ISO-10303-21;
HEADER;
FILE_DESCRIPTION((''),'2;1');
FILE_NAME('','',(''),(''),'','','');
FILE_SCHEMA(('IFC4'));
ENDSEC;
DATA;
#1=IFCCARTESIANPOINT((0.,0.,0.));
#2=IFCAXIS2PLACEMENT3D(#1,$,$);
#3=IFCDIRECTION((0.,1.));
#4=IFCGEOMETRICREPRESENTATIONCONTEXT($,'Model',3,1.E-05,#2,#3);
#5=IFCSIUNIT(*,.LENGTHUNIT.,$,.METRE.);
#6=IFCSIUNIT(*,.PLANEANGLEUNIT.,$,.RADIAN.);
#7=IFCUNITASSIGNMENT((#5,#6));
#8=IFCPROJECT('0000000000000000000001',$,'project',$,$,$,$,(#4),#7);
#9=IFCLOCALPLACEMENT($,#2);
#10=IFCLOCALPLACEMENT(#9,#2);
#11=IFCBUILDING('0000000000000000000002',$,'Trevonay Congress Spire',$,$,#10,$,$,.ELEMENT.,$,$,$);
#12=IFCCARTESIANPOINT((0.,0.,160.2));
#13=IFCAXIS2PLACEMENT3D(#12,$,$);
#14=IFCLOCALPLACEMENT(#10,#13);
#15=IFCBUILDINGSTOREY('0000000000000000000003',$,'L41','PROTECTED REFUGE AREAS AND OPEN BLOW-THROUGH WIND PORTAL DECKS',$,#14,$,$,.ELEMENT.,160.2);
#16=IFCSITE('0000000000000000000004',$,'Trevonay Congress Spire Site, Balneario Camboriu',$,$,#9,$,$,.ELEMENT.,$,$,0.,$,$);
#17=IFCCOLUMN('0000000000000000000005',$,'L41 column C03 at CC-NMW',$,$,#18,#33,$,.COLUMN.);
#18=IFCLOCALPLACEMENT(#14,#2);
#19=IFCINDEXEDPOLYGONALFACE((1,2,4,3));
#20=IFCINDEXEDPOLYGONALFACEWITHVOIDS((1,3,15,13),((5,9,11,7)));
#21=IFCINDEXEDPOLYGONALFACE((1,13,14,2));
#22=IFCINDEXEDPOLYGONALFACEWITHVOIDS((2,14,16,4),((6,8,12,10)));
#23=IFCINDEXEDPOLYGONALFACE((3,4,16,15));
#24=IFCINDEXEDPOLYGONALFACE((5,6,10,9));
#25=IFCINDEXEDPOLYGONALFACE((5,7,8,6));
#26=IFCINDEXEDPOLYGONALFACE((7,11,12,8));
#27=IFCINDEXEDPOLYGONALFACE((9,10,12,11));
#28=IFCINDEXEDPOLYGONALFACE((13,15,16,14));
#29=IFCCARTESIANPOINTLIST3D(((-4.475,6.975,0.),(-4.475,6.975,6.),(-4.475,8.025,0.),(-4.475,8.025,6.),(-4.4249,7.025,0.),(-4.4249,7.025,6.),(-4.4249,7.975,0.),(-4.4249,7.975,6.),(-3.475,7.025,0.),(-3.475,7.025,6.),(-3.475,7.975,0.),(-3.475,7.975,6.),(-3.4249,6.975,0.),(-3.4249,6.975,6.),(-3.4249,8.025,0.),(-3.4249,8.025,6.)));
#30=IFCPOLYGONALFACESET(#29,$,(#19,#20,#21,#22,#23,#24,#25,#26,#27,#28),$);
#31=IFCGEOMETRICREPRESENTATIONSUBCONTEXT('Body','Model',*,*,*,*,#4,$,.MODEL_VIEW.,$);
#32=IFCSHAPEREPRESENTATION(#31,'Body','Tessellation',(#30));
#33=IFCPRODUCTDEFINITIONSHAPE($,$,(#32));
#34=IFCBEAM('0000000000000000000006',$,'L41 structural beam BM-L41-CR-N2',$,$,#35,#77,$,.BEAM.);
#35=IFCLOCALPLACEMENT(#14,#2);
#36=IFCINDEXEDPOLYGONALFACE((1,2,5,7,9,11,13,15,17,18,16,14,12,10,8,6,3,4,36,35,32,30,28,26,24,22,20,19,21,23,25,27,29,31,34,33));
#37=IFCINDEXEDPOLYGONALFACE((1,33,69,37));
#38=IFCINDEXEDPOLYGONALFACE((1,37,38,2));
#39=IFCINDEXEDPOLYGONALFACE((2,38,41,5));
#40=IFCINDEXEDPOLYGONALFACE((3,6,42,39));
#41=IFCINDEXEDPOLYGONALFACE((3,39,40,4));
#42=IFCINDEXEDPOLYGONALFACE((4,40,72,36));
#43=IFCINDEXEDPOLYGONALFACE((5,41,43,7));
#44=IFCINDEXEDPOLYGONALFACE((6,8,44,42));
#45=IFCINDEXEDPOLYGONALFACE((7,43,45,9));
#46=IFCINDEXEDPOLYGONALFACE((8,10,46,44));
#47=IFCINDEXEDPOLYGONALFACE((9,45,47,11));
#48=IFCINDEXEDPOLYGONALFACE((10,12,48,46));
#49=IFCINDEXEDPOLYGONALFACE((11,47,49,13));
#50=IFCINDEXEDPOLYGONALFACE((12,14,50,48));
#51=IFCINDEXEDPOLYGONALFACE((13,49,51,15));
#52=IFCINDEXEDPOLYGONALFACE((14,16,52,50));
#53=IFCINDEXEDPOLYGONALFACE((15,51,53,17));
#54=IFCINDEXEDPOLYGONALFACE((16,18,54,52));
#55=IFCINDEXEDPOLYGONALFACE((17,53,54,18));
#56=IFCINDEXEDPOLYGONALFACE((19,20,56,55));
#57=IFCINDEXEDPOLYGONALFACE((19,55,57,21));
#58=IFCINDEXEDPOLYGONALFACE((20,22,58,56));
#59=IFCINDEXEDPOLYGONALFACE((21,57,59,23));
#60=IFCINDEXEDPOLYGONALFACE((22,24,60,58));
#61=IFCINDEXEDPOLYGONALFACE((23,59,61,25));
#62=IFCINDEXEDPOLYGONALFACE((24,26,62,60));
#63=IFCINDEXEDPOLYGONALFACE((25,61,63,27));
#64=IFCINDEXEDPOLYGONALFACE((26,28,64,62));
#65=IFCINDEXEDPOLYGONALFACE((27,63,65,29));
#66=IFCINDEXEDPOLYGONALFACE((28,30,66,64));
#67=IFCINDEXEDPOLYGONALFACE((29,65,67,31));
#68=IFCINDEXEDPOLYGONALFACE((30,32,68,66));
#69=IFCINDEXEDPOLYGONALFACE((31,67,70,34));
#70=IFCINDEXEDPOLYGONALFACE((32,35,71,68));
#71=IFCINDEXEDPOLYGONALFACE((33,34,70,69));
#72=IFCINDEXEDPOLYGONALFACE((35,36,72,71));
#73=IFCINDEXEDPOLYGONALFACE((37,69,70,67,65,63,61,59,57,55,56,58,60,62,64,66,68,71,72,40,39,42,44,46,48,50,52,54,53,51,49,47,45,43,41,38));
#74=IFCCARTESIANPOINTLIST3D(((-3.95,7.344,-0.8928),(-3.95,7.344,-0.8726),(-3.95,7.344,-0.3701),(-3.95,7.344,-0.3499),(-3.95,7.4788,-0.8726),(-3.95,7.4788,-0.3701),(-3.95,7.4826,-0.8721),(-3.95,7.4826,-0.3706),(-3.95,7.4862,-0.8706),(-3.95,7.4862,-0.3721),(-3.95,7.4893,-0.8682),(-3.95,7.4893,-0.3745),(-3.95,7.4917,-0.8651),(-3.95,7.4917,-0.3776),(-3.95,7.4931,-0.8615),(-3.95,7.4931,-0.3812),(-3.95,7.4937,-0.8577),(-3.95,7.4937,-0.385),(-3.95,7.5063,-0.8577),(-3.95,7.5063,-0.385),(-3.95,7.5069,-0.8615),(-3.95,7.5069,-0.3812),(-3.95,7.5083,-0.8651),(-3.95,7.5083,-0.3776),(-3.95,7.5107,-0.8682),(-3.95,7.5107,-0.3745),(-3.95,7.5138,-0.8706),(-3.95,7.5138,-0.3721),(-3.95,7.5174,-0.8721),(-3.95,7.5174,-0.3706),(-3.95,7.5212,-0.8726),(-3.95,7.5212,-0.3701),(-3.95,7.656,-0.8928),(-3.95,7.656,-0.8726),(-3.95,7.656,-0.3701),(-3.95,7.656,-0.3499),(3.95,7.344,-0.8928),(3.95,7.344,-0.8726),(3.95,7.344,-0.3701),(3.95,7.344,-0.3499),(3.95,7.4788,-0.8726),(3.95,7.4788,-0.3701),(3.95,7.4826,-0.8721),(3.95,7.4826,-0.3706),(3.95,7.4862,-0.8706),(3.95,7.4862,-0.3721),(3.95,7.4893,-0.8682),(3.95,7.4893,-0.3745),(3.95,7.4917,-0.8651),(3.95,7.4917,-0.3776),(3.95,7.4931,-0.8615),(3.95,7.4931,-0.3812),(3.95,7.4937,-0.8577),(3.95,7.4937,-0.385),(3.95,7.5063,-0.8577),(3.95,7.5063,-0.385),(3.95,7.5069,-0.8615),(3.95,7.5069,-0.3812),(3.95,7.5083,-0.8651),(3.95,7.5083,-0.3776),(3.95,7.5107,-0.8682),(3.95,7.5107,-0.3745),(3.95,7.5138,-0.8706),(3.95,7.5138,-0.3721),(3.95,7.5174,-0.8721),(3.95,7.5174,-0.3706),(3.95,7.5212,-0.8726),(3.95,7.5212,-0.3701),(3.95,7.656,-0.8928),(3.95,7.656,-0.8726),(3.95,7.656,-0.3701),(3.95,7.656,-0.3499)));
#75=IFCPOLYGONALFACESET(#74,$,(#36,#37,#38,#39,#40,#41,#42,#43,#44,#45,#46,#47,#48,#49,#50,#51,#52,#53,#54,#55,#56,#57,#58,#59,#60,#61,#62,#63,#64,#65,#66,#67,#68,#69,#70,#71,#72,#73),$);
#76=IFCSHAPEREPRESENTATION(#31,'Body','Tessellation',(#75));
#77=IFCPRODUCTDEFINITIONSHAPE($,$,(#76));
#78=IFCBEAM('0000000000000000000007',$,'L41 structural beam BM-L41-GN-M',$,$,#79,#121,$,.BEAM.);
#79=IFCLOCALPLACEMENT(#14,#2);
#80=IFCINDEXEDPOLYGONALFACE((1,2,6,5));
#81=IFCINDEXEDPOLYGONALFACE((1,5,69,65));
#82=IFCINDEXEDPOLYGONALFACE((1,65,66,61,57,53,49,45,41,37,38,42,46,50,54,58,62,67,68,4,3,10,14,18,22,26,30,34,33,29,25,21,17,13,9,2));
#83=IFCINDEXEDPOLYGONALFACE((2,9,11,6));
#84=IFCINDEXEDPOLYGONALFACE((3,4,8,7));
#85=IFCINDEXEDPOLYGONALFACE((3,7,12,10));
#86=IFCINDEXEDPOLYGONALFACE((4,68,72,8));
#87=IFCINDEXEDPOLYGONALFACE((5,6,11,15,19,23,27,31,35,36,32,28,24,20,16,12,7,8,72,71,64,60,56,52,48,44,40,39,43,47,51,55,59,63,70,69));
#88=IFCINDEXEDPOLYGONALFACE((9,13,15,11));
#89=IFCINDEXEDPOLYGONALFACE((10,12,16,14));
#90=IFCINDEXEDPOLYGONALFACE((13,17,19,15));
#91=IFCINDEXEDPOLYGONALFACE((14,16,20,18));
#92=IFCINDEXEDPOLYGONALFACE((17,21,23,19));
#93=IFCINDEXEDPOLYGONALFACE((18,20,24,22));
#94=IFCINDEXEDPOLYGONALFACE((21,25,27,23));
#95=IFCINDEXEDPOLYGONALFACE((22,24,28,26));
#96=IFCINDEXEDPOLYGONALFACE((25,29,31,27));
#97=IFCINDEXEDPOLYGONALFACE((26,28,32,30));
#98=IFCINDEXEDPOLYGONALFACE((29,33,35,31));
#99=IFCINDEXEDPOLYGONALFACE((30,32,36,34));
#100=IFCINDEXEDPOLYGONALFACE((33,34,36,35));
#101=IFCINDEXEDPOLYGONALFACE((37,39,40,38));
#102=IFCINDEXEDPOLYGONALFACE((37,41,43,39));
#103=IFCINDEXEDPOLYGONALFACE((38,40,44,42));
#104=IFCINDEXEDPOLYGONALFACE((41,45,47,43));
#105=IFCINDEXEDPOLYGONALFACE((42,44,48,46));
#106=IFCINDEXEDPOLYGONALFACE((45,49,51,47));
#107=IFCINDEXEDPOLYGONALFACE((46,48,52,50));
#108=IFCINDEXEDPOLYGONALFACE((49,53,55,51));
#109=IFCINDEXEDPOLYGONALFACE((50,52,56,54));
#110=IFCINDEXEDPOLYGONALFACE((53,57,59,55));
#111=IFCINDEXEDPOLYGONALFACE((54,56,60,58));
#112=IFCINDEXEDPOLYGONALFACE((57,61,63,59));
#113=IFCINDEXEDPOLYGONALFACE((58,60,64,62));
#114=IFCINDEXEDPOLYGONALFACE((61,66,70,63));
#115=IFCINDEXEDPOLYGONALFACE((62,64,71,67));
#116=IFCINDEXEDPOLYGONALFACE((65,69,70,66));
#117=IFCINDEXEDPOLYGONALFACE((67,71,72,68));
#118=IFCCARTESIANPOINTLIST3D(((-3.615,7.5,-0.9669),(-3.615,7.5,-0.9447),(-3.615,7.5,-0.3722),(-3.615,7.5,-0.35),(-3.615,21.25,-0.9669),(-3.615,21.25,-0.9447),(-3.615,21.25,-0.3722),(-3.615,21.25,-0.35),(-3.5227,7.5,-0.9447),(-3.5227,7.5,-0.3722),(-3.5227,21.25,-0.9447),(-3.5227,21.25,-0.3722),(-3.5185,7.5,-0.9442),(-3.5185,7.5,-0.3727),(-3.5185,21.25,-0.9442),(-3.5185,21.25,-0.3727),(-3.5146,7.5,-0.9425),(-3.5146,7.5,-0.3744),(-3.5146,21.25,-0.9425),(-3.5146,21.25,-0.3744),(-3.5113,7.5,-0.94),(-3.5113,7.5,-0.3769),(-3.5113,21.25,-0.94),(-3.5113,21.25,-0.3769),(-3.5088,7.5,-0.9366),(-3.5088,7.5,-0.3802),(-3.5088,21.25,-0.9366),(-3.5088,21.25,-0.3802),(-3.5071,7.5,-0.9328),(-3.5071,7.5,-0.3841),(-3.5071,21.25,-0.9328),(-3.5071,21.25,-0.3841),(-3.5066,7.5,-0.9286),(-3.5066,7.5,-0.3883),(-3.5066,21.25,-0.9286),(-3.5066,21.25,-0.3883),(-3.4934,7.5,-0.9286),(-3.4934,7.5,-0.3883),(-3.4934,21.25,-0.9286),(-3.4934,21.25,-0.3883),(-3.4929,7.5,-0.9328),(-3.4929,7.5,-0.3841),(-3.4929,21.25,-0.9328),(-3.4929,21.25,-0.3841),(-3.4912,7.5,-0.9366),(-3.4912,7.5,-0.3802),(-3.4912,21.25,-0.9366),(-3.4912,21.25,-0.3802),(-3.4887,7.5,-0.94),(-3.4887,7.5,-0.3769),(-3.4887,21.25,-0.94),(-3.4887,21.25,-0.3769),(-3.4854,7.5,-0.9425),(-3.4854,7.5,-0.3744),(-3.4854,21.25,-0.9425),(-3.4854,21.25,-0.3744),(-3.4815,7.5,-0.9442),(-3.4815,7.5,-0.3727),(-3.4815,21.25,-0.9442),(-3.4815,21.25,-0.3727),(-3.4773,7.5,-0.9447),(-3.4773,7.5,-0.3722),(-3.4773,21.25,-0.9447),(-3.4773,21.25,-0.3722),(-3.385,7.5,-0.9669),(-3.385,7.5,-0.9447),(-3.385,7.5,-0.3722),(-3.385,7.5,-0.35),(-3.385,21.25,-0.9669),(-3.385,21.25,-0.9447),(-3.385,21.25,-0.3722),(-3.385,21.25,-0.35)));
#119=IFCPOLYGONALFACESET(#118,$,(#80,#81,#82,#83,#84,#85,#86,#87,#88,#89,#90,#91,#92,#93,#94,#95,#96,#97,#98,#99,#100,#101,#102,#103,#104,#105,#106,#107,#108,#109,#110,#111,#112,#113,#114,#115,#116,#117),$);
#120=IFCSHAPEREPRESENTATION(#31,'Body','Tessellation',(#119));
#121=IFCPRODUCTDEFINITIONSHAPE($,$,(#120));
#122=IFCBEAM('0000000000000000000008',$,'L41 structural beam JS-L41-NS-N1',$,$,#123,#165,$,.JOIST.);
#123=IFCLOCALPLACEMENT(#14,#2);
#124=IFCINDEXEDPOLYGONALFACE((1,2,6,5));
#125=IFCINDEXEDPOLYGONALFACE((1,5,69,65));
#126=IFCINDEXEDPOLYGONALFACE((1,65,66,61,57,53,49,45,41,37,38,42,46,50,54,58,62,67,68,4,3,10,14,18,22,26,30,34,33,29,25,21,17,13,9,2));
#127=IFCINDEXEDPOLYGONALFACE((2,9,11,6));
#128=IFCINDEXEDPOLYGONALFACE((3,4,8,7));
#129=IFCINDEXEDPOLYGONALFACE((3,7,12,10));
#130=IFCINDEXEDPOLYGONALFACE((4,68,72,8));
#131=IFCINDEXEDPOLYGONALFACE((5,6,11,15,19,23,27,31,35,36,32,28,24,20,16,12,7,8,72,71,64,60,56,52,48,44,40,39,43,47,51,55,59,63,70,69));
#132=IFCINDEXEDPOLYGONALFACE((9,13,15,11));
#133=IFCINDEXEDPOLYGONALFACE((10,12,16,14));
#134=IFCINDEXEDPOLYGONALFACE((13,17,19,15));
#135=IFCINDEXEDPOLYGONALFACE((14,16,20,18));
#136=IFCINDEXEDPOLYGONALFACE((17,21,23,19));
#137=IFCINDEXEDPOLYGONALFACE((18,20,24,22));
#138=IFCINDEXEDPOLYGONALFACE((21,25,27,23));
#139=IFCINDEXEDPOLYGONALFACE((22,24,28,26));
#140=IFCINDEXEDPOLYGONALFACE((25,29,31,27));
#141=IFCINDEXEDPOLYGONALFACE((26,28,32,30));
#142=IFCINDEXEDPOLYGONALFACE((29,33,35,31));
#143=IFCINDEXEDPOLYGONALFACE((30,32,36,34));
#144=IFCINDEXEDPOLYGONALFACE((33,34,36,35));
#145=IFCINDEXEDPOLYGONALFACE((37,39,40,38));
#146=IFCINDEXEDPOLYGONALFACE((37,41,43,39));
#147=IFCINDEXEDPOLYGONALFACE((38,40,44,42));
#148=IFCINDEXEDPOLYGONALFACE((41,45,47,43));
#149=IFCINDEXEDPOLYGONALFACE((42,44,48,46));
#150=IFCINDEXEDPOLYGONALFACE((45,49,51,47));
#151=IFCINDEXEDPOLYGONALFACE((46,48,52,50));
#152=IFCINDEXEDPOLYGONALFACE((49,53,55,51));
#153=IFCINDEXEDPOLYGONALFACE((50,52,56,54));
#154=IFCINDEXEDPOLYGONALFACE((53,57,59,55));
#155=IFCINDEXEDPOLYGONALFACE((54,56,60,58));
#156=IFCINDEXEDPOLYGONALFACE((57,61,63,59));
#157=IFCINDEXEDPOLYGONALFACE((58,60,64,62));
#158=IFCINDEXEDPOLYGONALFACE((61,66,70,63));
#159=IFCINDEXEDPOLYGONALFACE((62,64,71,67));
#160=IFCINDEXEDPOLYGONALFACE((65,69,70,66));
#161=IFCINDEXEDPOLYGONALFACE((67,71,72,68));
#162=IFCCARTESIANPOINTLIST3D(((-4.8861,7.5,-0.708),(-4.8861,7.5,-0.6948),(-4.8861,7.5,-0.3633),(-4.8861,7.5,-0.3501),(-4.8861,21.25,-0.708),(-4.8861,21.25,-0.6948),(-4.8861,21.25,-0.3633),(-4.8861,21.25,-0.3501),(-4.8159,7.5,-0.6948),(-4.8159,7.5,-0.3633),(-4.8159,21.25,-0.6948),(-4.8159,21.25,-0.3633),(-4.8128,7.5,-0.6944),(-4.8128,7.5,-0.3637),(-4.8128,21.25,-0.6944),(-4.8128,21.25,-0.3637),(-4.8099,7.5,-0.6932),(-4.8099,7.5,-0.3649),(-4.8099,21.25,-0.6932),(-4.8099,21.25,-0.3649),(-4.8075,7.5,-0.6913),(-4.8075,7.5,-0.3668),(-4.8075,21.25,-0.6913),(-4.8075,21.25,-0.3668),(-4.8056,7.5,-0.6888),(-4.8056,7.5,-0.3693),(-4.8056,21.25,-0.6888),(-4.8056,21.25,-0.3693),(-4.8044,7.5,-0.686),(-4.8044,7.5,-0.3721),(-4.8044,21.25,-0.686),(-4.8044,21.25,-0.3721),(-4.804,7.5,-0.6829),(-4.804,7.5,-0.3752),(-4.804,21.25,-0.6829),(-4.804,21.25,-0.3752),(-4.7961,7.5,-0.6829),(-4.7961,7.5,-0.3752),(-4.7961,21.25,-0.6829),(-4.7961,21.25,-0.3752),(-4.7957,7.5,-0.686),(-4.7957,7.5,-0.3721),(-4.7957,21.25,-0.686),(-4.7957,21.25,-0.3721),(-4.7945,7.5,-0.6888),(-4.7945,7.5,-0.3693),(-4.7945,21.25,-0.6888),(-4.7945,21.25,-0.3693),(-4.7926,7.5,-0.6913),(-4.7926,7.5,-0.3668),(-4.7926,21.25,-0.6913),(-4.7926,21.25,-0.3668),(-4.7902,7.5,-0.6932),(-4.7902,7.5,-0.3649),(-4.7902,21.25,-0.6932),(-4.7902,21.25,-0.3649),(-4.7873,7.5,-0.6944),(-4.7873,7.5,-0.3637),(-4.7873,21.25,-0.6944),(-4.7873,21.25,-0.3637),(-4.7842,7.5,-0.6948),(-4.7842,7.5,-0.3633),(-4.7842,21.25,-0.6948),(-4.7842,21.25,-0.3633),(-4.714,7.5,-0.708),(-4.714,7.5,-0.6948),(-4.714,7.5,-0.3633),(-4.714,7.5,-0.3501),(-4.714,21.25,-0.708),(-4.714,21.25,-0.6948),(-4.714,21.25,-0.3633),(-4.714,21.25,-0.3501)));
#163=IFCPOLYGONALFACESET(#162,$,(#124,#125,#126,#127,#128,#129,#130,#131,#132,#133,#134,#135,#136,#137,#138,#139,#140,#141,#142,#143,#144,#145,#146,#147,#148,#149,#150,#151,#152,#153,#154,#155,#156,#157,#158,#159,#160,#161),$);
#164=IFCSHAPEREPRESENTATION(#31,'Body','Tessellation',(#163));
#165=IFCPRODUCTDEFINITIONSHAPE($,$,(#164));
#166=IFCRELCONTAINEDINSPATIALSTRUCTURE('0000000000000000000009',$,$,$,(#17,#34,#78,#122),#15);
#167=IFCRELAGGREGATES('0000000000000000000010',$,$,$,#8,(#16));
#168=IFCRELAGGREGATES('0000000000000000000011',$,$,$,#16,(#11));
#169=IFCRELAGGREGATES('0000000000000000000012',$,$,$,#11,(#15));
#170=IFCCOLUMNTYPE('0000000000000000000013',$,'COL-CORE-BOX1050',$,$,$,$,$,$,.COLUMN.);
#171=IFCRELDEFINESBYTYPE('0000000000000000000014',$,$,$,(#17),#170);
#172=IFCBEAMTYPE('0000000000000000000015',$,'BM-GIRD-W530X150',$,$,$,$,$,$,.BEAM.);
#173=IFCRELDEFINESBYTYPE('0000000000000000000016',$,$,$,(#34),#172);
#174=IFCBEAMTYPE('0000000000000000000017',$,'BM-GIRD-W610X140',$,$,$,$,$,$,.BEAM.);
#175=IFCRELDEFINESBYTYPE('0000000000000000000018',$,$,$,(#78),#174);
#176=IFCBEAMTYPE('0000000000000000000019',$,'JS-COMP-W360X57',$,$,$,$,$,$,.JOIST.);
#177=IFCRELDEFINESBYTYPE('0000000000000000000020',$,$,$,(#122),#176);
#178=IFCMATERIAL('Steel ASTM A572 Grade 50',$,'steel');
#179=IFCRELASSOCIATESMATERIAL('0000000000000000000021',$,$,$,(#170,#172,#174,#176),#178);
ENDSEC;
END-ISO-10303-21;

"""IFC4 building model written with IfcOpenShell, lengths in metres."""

from ifc_helpers import new_model, si_unit, direction, frame, origin, origin_2d, place, context, subcontext, project, spatial, hollow_rectangle, i_section, extrude, material, material_profile, profile_set, type_object, element, save


model = new_model("IFC4")

# Units and contexts
model_context = context("Model", 3, precision=1e-05, world=origin(), true_north=direction((0.0, 1.0)))
body_context = subcontext(model_context, "Body", "Model", "MODEL_VIEW")
ifc_project = project(units=[si_unit("LENGTHUNIT", "METRE"), si_unit("PLANEANGLEUNIT", "RADIAN")], contexts=[model_context])

# Site, building, storey
site_placement = place(None, origin())
site = spatial("IfcSite", under=ifc_project, at=site_placement, Name="Trevonay Congress Spire Site, Balneario Camboriu", CompositionType="ELEMENT", RefElevation=0.0)
building_placement = place(site_placement, origin())
building = spatial("IfcBuilding", under=site, at=building_placement, Name="Trevonay Congress Spire", CompositionType="ELEMENT")
storey_placement = place(building_placement, frame((0.0, 0.0, 160.2)))
storey = spatial("IfcBuildingStorey", under=building, at=storey_placement, Name="L41", Description="PROTECTED REFUGE AREAS AND OPEN BLOW-THROUGH WIND PORTAL DECKS", CompositionType="ELEMENT", Elevation=160.2)

# Column
ifc_material_1 = material(Name="Steel ASTM A572 Grade 50", Category="steel")
ifc_material_profile_1 = material_profile(ifc_material_1, hollow_rectangle(XDim=1.05, YDim=1.05, WallThickness=0.05, at=origin_2d()), Name="BOX 1050x1050x50")
ifc_profile_set_1 = profile_set([ifc_material_profile_1], Name="Steel ASTM A572 Grade 50")
column_type = type_object("IfcColumnType", Name="COL-CORE-BOX1050", PredefinedType="COLUMN", material=ifc_profile_set_1)
column_placement = place(storey_placement, frame((-3.95, 7.5, 0.0), z_axis=(0.0, 0.0, 1.0), x_axis=(1.0, 0.0, 0.0)))
element("IfcColumn", 1, at=column_placement, inside=storey, type_object=column_type, Name="L41 column C03 at CC-NMW", PredefinedType="COLUMN", context=body_context, shape_type="SweptSolid", body=[
    extrude(hollow_rectangle(XDim=1.05, YDim=1.05, WallThickness=0.05, at=origin_2d()), origin(), (0.0, 0.0, 1.0), 6.0),
])

# Beams
ifc_material_profile_2 = material_profile(ifc_material_1, i_section(OverallWidth=0.312, OverallDepth=0.543, WebThickness=0.0127, FlangeThickness=0.0203, FilletRadius=0.0149, at=origin_2d()), Name="W530x150")
ifc_profile_set_2 = profile_set([ifc_material_profile_2], Name="Steel ASTM A572 Grade 50")
beam_type_1 = type_object("IfcBeamType", Name="BM-GIRD-W530X150", PredefinedType="BEAM", material=ifc_profile_set_2)
beam_1_placement = place(storey_placement, frame((-3.95, 7.5, -0.6213), z_axis=(1.0, 0.0, 0.0), x_axis=(0.0, 1.0, 0.0)))
element("IfcBeam", 2, at=beam_1_placement, inside=storey, type_object=beam_type_1, Name="L41 structural beam BM-L41-CR-N2", PredefinedType="BEAM", context=body_context, shape_type="SweptSolid", body=[
    extrude(i_section(OverallWidth=0.312, OverallDepth=0.543, WebThickness=0.0127, FlangeThickness=0.0203, FilletRadius=0.0149, at=origin_2d()), origin(), (0.0, 0.0, 1.0), 7.8999),
])
ifc_material_profile_3 = material_profile(ifc_material_1, i_section(OverallWidth=0.23, OverallDepth=0.6169, WebThickness=0.0132, FlangeThickness=0.0222, FilletRadius=0.0161, at=origin_2d()), Name="W610x140")
ifc_profile_set_3 = profile_set([ifc_material_profile_3], Name="Steel ASTM A572 Grade 50")
beam_type_2 = type_object("IfcBeamType", Name="BM-GIRD-W610X140", PredefinedType="BEAM", material=ifc_profile_set_3)
beam_2_placement = place(storey_placement, frame((-3.5, 7.5, -0.6584), z_axis=(0.0, 1.0, 0.0), x_axis=(-1.0, 0.0, 0.0)))
element("IfcBeam", 3, at=beam_2_placement, inside=storey, type_object=beam_type_2, Name="L41 structural beam BM-L41-GN-M", PredefinedType="BEAM", context=body_context, shape_type="SweptSolid", body=[
    extrude(i_section(OverallWidth=0.23, OverallDepth=0.6169, WebThickness=0.0132, FlangeThickness=0.0222, FilletRadius=0.0161, at=origin_2d()), origin(), (0.0, 0.0, 1.0), 13.75),
])
ifc_material_profile_4 = material_profile(ifc_material_1, i_section(OverallWidth=0.1721, OverallDepth=0.3579, WebThickness=0.0078, FlangeThickness=0.0132, FilletRadius=0.012, at=origin_2d()), Name="W360x57.8")
ifc_profile_set_4 = profile_set([ifc_material_profile_4], Name="Steel ASTM A572 Grade 50")
beam_type_3 = type_object("IfcBeamType", Name="JS-COMP-W360X57", PredefinedType="JOIST", material=ifc_profile_set_4)
beam_3_placement = place(storey_placement, frame((-4.8, 7.5, -0.5291), z_axis=(0.0, 1.0, 0.0), x_axis=(-1.0, 0.0, 0.0)))
element("IfcBeam", 4, at=beam_3_placement, inside=storey, type_object=beam_type_3, Name="L41 structural beam JS-L41-NS-N1", PredefinedType="JOIST", context=body_context, shape_type="SweptSolid", body=[
    extrude(i_section(OverallWidth=0.1721, OverallDepth=0.3579, WebThickness=0.0078, FlangeThickness=0.0132, FilletRadius=0.012, at=origin_2d()), origin(), (0.0, 0.0, 1.0), 13.75),
])

save(model, "model.ifc")
